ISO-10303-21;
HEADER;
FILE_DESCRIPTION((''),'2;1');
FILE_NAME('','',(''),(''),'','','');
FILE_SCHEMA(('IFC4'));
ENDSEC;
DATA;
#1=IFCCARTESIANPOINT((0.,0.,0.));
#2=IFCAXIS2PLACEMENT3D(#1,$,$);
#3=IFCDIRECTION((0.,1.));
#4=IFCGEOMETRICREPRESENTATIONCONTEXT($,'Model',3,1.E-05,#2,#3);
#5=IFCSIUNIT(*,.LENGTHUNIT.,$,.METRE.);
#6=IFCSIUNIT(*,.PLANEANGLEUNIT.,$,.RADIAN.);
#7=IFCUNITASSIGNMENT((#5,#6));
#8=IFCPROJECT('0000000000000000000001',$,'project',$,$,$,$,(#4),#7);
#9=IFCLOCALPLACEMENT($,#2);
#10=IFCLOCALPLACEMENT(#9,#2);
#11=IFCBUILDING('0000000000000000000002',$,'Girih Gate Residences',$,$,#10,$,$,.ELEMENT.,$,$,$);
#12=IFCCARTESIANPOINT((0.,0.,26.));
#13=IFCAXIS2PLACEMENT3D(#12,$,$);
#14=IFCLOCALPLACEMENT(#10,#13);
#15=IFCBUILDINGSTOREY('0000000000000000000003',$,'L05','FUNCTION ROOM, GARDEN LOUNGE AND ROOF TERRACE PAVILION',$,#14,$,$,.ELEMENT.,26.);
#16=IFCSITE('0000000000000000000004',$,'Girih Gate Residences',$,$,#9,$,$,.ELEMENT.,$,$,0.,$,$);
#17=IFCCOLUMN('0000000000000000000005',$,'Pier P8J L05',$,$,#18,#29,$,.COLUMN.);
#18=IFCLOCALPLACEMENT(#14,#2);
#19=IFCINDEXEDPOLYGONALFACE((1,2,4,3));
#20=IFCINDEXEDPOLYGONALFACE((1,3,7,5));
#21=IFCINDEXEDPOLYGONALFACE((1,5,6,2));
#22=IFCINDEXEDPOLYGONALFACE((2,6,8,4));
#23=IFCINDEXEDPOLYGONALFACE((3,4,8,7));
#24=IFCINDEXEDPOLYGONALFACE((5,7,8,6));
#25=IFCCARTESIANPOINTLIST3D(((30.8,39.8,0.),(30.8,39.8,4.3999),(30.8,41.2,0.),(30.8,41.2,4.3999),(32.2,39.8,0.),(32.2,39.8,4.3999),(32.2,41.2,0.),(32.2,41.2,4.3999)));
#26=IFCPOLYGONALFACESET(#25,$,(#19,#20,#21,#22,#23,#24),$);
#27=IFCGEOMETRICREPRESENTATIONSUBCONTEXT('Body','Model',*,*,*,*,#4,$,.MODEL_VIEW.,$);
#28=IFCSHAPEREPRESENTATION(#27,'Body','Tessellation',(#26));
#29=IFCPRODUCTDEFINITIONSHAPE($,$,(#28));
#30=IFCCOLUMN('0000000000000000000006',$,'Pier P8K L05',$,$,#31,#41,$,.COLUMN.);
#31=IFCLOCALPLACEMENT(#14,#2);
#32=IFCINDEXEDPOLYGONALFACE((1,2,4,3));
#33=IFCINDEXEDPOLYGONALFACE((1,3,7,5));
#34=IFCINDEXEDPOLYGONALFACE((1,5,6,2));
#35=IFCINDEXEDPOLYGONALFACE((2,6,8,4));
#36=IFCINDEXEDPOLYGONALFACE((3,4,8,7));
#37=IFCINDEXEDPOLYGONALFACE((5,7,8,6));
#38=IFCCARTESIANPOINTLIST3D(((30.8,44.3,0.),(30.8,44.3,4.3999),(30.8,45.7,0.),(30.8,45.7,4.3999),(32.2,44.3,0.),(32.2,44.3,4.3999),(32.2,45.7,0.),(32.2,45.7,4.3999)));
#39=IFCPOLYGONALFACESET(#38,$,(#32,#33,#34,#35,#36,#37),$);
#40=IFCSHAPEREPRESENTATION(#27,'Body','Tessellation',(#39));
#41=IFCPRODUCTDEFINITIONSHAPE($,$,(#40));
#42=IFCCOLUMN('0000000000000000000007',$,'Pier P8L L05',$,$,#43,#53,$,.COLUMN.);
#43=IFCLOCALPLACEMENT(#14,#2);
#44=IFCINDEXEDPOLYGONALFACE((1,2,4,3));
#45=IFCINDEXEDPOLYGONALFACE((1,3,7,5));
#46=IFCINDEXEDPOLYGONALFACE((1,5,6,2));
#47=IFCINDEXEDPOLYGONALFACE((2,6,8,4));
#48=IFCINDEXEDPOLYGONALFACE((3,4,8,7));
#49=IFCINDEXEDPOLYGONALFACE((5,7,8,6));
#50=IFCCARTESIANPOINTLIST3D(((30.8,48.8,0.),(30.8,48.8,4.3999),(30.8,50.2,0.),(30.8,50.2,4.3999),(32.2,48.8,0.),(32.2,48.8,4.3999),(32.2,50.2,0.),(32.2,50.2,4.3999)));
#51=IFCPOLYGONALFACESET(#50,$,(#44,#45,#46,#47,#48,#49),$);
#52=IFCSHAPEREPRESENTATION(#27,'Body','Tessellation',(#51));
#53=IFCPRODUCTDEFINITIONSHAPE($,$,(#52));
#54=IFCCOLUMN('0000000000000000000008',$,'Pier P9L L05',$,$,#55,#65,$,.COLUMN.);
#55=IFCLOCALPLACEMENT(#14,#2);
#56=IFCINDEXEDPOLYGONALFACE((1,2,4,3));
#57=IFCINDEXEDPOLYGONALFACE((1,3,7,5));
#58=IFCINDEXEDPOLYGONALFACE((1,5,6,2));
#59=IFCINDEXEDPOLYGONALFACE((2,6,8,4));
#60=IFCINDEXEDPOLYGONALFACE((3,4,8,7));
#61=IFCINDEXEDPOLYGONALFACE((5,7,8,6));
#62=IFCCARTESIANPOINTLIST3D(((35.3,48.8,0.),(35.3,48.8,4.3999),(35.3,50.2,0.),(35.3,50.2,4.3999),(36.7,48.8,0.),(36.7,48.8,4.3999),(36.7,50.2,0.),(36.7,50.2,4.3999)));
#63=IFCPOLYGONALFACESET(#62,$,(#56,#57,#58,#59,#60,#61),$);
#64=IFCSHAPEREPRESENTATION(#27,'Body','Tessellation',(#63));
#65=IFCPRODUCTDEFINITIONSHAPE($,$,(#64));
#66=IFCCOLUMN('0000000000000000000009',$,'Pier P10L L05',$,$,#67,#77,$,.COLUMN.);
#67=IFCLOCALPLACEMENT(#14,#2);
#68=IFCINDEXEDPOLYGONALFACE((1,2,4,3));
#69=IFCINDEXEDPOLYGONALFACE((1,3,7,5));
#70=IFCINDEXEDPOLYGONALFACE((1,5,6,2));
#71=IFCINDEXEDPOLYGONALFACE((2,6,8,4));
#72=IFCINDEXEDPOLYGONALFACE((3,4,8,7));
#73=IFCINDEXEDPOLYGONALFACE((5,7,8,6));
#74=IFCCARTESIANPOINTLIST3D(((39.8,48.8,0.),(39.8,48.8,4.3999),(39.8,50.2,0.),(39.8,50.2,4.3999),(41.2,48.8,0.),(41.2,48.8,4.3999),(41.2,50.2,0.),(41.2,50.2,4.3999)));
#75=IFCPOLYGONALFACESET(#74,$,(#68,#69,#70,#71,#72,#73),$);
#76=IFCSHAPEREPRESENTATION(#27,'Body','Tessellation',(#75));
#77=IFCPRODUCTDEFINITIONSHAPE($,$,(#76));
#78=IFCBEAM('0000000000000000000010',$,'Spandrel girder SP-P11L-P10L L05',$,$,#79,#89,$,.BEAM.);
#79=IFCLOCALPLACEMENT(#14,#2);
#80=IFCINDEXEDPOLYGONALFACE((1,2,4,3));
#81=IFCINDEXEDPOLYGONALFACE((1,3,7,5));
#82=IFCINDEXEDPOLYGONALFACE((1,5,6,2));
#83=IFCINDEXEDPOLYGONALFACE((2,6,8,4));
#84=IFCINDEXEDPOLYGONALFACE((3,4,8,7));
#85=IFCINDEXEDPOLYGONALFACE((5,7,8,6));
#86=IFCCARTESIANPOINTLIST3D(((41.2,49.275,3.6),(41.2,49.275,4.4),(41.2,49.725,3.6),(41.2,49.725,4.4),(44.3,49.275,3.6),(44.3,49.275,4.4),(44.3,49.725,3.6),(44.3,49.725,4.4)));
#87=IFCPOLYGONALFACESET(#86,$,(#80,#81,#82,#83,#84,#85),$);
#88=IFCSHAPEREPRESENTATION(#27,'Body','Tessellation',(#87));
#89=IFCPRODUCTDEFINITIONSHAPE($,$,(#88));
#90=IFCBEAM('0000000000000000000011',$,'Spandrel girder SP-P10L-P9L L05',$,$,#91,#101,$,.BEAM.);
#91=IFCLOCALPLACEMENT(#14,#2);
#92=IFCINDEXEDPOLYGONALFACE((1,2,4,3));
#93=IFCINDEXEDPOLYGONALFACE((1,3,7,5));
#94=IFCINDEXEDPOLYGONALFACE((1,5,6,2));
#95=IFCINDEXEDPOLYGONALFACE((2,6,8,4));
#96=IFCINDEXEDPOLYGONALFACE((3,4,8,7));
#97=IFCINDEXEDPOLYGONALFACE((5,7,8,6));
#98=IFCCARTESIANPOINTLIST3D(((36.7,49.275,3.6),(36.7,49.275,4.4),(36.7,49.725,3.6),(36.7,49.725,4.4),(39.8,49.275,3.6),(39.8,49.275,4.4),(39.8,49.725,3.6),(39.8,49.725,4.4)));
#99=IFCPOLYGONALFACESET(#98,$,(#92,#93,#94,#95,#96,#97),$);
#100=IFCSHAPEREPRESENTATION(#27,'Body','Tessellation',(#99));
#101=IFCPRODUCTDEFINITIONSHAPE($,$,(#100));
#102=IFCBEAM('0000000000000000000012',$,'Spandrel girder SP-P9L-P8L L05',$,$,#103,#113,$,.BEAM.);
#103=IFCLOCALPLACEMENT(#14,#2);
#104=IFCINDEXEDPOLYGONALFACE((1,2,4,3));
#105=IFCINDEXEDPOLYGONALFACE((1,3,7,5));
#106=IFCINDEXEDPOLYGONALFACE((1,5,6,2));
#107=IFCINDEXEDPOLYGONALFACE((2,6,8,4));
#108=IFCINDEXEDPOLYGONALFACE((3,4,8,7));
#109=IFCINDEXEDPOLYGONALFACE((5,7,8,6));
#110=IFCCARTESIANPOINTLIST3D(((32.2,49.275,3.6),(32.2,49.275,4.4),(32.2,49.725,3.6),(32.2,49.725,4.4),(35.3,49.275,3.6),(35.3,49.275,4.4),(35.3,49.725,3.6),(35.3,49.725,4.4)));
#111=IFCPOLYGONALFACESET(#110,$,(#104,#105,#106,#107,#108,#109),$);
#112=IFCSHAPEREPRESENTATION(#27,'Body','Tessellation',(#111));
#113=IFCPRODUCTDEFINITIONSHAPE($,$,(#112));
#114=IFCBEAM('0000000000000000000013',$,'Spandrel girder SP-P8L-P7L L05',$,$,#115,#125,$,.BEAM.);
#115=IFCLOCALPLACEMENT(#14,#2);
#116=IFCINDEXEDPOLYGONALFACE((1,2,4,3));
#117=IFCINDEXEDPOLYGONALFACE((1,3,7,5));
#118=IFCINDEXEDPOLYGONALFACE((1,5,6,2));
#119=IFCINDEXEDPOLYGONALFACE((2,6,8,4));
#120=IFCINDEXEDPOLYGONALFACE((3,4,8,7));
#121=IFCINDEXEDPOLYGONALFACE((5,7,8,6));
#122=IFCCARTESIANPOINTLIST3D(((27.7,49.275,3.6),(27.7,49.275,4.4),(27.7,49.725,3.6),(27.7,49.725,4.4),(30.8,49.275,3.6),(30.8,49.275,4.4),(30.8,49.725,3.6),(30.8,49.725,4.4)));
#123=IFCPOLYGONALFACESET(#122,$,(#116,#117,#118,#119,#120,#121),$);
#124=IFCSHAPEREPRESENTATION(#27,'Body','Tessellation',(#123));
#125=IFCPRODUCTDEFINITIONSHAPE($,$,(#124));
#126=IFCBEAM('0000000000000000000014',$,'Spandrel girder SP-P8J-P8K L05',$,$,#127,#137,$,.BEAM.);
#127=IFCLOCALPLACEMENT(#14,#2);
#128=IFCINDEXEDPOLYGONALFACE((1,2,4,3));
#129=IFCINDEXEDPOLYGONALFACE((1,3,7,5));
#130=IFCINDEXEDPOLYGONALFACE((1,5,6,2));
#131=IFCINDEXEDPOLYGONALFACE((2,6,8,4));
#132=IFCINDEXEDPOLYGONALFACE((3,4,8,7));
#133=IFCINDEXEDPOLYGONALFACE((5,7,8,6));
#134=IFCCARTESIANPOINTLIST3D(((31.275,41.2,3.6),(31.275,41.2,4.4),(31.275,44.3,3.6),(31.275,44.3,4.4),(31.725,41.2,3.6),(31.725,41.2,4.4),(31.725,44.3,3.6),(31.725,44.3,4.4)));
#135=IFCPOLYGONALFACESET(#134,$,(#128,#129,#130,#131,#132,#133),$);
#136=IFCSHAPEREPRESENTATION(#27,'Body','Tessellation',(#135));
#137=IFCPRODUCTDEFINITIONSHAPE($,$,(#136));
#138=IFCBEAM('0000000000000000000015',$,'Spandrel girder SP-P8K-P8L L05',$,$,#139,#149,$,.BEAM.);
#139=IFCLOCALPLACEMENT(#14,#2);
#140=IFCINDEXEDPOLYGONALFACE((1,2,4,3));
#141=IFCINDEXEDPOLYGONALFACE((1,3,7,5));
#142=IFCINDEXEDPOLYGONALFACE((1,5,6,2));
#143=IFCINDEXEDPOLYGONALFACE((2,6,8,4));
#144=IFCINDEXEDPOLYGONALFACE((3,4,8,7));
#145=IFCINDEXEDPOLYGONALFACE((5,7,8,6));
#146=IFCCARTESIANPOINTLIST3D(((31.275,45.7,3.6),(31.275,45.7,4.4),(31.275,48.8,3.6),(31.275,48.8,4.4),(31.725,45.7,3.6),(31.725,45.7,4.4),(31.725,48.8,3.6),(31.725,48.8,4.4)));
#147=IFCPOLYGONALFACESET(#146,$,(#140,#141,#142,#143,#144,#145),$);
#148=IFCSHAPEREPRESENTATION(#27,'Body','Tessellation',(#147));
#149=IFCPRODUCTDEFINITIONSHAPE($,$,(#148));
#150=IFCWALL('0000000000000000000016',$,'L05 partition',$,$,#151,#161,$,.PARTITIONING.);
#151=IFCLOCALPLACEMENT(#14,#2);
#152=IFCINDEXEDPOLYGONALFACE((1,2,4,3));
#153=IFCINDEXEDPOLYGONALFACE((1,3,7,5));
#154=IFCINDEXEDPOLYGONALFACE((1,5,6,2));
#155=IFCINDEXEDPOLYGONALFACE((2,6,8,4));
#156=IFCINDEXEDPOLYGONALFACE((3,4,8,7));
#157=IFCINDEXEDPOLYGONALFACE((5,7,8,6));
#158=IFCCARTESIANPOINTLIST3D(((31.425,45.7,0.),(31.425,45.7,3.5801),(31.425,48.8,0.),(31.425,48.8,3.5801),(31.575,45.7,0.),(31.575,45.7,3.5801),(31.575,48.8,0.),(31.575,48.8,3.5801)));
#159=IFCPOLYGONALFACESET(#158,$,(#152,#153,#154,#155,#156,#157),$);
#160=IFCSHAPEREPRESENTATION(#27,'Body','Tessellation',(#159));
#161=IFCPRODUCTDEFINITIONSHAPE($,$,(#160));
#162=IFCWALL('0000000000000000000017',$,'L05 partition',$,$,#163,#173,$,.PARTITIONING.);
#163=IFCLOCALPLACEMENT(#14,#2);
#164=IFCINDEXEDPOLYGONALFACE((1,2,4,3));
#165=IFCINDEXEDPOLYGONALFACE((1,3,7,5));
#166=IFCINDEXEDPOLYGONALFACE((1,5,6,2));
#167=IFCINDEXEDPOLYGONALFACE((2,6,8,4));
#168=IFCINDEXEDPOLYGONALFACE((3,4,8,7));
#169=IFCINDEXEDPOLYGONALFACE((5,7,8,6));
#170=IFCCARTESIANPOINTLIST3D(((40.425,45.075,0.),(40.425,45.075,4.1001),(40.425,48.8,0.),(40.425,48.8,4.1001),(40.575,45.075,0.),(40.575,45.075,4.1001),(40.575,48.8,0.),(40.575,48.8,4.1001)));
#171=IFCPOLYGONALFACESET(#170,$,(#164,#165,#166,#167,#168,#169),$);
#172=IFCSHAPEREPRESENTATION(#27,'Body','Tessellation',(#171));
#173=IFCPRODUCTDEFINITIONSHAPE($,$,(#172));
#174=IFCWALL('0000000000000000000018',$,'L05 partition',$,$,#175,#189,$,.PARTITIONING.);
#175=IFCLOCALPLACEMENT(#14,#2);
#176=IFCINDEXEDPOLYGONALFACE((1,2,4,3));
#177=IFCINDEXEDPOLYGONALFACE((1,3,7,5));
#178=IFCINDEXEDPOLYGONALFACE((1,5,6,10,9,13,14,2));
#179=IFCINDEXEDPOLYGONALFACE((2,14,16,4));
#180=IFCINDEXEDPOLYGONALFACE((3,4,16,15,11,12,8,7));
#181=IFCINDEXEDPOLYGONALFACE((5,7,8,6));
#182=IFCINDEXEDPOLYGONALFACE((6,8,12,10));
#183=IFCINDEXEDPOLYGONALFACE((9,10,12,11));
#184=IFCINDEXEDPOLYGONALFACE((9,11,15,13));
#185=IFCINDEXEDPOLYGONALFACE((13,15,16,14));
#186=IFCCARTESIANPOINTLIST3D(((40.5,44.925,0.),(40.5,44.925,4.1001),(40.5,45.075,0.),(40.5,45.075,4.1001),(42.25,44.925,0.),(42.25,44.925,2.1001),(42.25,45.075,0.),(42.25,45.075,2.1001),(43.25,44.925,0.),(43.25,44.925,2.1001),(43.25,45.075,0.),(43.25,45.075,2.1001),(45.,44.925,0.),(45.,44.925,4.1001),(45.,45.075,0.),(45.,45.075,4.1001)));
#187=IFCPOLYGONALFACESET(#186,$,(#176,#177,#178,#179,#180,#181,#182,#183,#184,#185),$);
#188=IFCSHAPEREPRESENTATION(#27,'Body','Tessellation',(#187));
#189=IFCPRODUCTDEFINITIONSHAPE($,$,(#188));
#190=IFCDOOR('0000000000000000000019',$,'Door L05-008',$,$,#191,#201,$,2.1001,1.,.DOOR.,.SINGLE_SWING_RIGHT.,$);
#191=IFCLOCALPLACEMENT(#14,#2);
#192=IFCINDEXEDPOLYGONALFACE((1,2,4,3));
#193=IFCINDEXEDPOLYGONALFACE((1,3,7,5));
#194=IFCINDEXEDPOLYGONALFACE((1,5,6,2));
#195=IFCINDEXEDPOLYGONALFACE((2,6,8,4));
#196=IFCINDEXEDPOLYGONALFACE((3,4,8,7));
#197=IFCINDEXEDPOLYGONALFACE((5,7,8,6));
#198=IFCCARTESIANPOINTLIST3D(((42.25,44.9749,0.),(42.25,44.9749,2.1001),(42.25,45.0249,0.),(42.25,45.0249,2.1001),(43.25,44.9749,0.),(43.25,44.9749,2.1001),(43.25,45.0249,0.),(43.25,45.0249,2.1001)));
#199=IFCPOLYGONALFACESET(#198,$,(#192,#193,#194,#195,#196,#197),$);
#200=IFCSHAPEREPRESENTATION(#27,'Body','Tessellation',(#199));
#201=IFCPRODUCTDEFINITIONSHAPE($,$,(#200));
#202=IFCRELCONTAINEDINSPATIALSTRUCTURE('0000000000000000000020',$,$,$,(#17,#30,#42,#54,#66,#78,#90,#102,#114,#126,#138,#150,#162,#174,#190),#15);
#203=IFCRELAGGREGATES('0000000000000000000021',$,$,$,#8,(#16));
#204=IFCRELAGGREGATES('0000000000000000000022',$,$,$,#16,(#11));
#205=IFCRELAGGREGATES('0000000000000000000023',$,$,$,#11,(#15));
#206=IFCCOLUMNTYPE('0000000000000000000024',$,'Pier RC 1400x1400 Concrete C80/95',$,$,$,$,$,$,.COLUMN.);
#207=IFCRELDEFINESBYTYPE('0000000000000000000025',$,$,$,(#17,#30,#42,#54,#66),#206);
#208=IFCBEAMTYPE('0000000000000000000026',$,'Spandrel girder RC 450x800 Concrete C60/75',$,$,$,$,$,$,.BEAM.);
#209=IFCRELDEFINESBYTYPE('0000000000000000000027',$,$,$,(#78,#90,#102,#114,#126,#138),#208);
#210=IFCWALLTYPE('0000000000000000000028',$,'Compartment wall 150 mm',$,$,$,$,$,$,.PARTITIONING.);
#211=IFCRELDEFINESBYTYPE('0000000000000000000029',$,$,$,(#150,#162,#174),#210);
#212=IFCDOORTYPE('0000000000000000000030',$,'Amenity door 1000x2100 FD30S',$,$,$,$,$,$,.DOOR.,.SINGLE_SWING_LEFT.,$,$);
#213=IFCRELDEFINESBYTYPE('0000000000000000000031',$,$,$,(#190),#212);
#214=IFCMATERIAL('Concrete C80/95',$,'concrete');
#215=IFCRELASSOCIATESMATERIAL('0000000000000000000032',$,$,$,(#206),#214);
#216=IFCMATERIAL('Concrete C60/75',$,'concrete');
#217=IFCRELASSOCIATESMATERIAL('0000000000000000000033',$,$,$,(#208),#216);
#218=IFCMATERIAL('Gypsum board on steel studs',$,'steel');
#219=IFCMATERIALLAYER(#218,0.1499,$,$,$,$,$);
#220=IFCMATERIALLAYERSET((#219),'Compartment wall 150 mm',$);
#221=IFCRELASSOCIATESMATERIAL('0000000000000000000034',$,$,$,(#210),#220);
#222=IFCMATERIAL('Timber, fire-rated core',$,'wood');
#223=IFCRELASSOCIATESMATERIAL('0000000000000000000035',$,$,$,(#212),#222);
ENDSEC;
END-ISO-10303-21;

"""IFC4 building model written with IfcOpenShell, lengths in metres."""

from ifc_helpers import new_model, si_unit, direction, frame, frame_2d, origin, origin_2d, place, context, subcontext, project, spatial, rectangle, extrude, material, layer, layer_set, material_profile, profile_set, type_object, element, fill, save


model = new_model("IFC4")

# Units and contexts
model_context = context("Model", 3, precision=1e-05, world=origin(), true_north=direction((0.0, 1.0)))
body_context = subcontext(model_context, "Body", "Model", "MODEL_VIEW")
ifc_project = project(units=[si_unit("LENGTHUNIT", "METRE"), si_unit("PLANEANGLEUNIT", "RADIAN")], contexts=[model_context])

# Site, building, storey
site_placement = place(None, origin())
site = spatial("IfcSite", under=ifc_project, at=site_placement, Name="Girih Gate Residences", CompositionType="ELEMENT", RefElevation=0.0)
building_placement = place(site_placement, origin())
building = spatial("IfcBuilding", under=site, at=building_placement, Name="Girih Gate Residences", CompositionType="ELEMENT")
storey_placement = place(building_placement, frame((0.0, 0.0, 26.0)))
storey = spatial("IfcBuildingStorey", under=building, at=storey_placement, Name="L05", Description="FUNCTION ROOM, GARDEN LOUNGE AND ROOF TERRACE PAVILION", CompositionType="ELEMENT", Elevation=26.0)

# Columns
ifc_material_1 = material(Name="Concrete C80/95", Category="concrete")
ifc_material_profile_1 = material_profile(ifc_material_1, rectangle(XDim=1.3999, YDim=1.3999, at=origin_2d()))
ifc_profile_set_1 = profile_set([ifc_material_profile_1], Name="Concrete C80/95")
column_type = type_object("IfcColumnType", Name="Pier RC 1400x1400 Concrete C80/95", PredefinedType="COLUMN", material=ifc_profile_set_1)
for number, where, z_axis, x_axis, name in (
    (1, (31.5, 40.5, 0.0), (0.0, 0.0, 1.0), (1.0, 0.0, 0.0), "Pier P8J L05"),
    (2, (31.5, 45.0, 0.0), (0.0, 0.0, 1.0), (1.0, 0.0, 0.0), "Pier P8K L05"),
    (3, (31.5, 49.5, 0.0), (0.0, 0.0, 1.0), (1.0, 0.0, 0.0), "Pier P8L L05"),
    (4, (36.0, 49.5, 0.0), (0.0, 0.0, 1.0), (1.0, 0.0, 0.0), "Pier P9L L05"),
    (5, (40.5, 49.5, 0.0), (0.0, 0.0, 1.0), (1.0, 0.0, 0.0), "Pier P10L L05"),
):
    element("IfcColumn", number, at=place(storey_placement, frame(where, z_axis=z_axis, x_axis=x_axis)), inside=storey, type_object=column_type, Name=name, PredefinedType="COLUMN", context=body_context, shape_type="SweptSolid", body=[
        extrude(rectangle(XDim=1.3999, YDim=1.3999, at=origin_2d()), origin(), (0.0, 0.0, 1.0), 4.3999),
    ])

# Beams
ifc_material_2 = material(Name="Concrete C60/75", Category="concrete")
ifc_material_profile_2 = material_profile(ifc_material_2, rectangle(XDim=0.45, YDim=0.8, at=origin_2d()))
ifc_profile_set_2 = profile_set([ifc_material_profile_2], Name="Concrete C60/75")
beam_type = type_object("IfcBeamType", Name="Spandrel girder RC 450x800 Concrete C60/75", PredefinedType="BEAM", material=ifc_profile_set_2)
for number, where, z_axis, x_axis, name in (
    (6, (44.3, 49.5, 4.0), (-1.0, 0.0, 0.0), (0.0, -1.0, 0.0), "Spandrel girder SP-P11L-P10L L05"),
    (7, (39.8, 49.5, 4.0), (-1.0, 0.0, 0.0), (0.0, -1.0, 0.0), "Spandrel girder SP-P10L-P9L L05"),
    (8, (35.3, 49.5, 4.0), (-1.0, 0.0, 0.0), (0.0, -1.0, 0.0), "Spandrel girder SP-P9L-P8L L05"),
    (9, (30.8, 49.5, 4.0), (-1.0, 0.0, 0.0), (0.0, -1.0, 0.0), "Spandrel girder SP-P8L-P7L L05"),
    (10, (31.5, 41.2, 4.0), (0.0, 1.0, 0.0), (-1.0, 0.0, 0.0), "Spandrel girder SP-P8J-P8K L05"),
    (11, (31.5, 45.7, 4.0), (0.0, 1.0, 0.0), (-1.0, 0.0, 0.0), "Spandrel girder SP-P8K-P8L L05"),
):
    element("IfcBeam", number, at=place(storey_placement, frame(where, z_axis=z_axis, x_axis=x_axis)), inside=storey, type_object=beam_type, Name=name, PredefinedType="BEAM", context=body_context, shape_type="SweptSolid", body=[
        extrude(rectangle(XDim=0.45, YDim=0.8, at=origin_2d()), origin(), (0.0, 0.0, 1.0), 3.1001),
    ])

# Walls
ifc_material_3 = material(Name="Gypsum board on steel studs", Category="steel")
ifc_layer_1 = layer(ifc_material_3, 0.1499)
ifc_layer_set_1 = layer_set([ifc_layer_1], Name="Compartment wall 150 mm")
wall_type_1 = type_object("IfcWallType", Name="Compartment wall 150 mm", PredefinedType="PARTITIONING", material=ifc_layer_set_1)
wall_1_placement = place(storey_placement, frame((31.5, 45.7, 0.0), z_axis=(0.0, 0.0, 1.0), x_axis=(0.0, 1.0, 0.0)))
element("IfcWall", 12, at=wall_1_placement, inside=storey, type_object=wall_type_1, Name="L05 partition", PredefinedType="PARTITIONING", context=body_context, shape_type="SweptSolid", body=[
    extrude(rectangle(XDim=3.1001, YDim=0.1499, at=frame_2d((1.55, 0.0))), origin(), (0.0, 0.0, 1.0), 3.5801),
])
wall_2_placement = place(storey_placement, frame((40.5, 45.075, 0.0), z_axis=(0.0, 0.0, 1.0), x_axis=(0.0, 1.0, 0.0)))
element("IfcWall", 13, at=wall_2_placement, inside=storey, type_object=wall_type_1, Name="L05 partition", PredefinedType="PARTITIONING", context=body_context, shape_type="SweptSolid", body=[
    extrude(rectangle(XDim=3.7251, YDim=0.1499, at=frame_2d((1.8625, 0.0))), origin(), (0.0, 0.0, 1.0), 4.1001),
])

# Wall, opening, door
wall_3_placement = place(storey_placement, frame((40.5, 45.0, 0.0), z_axis=(0.0, 0.0, 1.0), x_axis=(1.0, 0.0, 0.0)))
wall_3 = element("IfcWall", 14, at=wall_3_placement, inside=storey, type_object=wall_type_1, Name="L05 partition", PredefinedType="PARTITIONING", context=body_context, shape_type="SweptSolid", body=[
    extrude(rectangle(XDim=4.5, YDim=0.1499, at=frame_2d((2.25, 0.0))), origin(), (0.0, 0.0, 1.0), 4.1001),
])
opening_1_placement = place(wall_3_placement, frame((1.75, 0.0, 0.0)))
opening_1 = element("IfcOpeningElement", 15, at=opening_1_placement, cuts=wall_3, PredefinedType="OPENING", context=body_context, shape_type="SweptSolid", body=[
    extrude(rectangle(XDim=1.0, YDim=2.1001, at=frame_2d((0.5, 1.05))), frame((0.0, 0.085, 0.0), z_axis=(0.0, -1.0, 0.0), x_axis=(1.0, 0.0, 0.0)), (0.0, 0.0, 1.0), 0.1699),
])
ifc_material_4 = material(Name="Timber, fire-rated core", Category="wood")
door_type = type_object("IfcDoorType", Name="Amenity door 1000x2100 FD30S", OperationType="SINGLE_SWING_LEFT", PredefinedType="DOOR", material=ifc_material_4)
door_1_placement = place(opening_1_placement, origin())
door_1 = element("IfcDoor", 16, at=door_1_placement, inside=storey, type_object=door_type, Name="Door L05-008", OperationType="SINGLE_SWING_RIGHT", OverallHeight=2.1001, OverallWidth=1.0, PredefinedType="DOOR", context=body_context, shape_type="SweptSolid", body=[
    extrude(rectangle(XDim=1.0, YDim=2.1001, at=frame_2d((0.5, 1.05))), frame((0.0, 0.0249, 0.0), z_axis=(0.0, -1.0, 0.0), x_axis=(1.0, 0.0, 0.0)), (0.0, 0.0, 1.0), 0.05),
])
fill(opening_1, door_1)

save(model, "model.ifc")
